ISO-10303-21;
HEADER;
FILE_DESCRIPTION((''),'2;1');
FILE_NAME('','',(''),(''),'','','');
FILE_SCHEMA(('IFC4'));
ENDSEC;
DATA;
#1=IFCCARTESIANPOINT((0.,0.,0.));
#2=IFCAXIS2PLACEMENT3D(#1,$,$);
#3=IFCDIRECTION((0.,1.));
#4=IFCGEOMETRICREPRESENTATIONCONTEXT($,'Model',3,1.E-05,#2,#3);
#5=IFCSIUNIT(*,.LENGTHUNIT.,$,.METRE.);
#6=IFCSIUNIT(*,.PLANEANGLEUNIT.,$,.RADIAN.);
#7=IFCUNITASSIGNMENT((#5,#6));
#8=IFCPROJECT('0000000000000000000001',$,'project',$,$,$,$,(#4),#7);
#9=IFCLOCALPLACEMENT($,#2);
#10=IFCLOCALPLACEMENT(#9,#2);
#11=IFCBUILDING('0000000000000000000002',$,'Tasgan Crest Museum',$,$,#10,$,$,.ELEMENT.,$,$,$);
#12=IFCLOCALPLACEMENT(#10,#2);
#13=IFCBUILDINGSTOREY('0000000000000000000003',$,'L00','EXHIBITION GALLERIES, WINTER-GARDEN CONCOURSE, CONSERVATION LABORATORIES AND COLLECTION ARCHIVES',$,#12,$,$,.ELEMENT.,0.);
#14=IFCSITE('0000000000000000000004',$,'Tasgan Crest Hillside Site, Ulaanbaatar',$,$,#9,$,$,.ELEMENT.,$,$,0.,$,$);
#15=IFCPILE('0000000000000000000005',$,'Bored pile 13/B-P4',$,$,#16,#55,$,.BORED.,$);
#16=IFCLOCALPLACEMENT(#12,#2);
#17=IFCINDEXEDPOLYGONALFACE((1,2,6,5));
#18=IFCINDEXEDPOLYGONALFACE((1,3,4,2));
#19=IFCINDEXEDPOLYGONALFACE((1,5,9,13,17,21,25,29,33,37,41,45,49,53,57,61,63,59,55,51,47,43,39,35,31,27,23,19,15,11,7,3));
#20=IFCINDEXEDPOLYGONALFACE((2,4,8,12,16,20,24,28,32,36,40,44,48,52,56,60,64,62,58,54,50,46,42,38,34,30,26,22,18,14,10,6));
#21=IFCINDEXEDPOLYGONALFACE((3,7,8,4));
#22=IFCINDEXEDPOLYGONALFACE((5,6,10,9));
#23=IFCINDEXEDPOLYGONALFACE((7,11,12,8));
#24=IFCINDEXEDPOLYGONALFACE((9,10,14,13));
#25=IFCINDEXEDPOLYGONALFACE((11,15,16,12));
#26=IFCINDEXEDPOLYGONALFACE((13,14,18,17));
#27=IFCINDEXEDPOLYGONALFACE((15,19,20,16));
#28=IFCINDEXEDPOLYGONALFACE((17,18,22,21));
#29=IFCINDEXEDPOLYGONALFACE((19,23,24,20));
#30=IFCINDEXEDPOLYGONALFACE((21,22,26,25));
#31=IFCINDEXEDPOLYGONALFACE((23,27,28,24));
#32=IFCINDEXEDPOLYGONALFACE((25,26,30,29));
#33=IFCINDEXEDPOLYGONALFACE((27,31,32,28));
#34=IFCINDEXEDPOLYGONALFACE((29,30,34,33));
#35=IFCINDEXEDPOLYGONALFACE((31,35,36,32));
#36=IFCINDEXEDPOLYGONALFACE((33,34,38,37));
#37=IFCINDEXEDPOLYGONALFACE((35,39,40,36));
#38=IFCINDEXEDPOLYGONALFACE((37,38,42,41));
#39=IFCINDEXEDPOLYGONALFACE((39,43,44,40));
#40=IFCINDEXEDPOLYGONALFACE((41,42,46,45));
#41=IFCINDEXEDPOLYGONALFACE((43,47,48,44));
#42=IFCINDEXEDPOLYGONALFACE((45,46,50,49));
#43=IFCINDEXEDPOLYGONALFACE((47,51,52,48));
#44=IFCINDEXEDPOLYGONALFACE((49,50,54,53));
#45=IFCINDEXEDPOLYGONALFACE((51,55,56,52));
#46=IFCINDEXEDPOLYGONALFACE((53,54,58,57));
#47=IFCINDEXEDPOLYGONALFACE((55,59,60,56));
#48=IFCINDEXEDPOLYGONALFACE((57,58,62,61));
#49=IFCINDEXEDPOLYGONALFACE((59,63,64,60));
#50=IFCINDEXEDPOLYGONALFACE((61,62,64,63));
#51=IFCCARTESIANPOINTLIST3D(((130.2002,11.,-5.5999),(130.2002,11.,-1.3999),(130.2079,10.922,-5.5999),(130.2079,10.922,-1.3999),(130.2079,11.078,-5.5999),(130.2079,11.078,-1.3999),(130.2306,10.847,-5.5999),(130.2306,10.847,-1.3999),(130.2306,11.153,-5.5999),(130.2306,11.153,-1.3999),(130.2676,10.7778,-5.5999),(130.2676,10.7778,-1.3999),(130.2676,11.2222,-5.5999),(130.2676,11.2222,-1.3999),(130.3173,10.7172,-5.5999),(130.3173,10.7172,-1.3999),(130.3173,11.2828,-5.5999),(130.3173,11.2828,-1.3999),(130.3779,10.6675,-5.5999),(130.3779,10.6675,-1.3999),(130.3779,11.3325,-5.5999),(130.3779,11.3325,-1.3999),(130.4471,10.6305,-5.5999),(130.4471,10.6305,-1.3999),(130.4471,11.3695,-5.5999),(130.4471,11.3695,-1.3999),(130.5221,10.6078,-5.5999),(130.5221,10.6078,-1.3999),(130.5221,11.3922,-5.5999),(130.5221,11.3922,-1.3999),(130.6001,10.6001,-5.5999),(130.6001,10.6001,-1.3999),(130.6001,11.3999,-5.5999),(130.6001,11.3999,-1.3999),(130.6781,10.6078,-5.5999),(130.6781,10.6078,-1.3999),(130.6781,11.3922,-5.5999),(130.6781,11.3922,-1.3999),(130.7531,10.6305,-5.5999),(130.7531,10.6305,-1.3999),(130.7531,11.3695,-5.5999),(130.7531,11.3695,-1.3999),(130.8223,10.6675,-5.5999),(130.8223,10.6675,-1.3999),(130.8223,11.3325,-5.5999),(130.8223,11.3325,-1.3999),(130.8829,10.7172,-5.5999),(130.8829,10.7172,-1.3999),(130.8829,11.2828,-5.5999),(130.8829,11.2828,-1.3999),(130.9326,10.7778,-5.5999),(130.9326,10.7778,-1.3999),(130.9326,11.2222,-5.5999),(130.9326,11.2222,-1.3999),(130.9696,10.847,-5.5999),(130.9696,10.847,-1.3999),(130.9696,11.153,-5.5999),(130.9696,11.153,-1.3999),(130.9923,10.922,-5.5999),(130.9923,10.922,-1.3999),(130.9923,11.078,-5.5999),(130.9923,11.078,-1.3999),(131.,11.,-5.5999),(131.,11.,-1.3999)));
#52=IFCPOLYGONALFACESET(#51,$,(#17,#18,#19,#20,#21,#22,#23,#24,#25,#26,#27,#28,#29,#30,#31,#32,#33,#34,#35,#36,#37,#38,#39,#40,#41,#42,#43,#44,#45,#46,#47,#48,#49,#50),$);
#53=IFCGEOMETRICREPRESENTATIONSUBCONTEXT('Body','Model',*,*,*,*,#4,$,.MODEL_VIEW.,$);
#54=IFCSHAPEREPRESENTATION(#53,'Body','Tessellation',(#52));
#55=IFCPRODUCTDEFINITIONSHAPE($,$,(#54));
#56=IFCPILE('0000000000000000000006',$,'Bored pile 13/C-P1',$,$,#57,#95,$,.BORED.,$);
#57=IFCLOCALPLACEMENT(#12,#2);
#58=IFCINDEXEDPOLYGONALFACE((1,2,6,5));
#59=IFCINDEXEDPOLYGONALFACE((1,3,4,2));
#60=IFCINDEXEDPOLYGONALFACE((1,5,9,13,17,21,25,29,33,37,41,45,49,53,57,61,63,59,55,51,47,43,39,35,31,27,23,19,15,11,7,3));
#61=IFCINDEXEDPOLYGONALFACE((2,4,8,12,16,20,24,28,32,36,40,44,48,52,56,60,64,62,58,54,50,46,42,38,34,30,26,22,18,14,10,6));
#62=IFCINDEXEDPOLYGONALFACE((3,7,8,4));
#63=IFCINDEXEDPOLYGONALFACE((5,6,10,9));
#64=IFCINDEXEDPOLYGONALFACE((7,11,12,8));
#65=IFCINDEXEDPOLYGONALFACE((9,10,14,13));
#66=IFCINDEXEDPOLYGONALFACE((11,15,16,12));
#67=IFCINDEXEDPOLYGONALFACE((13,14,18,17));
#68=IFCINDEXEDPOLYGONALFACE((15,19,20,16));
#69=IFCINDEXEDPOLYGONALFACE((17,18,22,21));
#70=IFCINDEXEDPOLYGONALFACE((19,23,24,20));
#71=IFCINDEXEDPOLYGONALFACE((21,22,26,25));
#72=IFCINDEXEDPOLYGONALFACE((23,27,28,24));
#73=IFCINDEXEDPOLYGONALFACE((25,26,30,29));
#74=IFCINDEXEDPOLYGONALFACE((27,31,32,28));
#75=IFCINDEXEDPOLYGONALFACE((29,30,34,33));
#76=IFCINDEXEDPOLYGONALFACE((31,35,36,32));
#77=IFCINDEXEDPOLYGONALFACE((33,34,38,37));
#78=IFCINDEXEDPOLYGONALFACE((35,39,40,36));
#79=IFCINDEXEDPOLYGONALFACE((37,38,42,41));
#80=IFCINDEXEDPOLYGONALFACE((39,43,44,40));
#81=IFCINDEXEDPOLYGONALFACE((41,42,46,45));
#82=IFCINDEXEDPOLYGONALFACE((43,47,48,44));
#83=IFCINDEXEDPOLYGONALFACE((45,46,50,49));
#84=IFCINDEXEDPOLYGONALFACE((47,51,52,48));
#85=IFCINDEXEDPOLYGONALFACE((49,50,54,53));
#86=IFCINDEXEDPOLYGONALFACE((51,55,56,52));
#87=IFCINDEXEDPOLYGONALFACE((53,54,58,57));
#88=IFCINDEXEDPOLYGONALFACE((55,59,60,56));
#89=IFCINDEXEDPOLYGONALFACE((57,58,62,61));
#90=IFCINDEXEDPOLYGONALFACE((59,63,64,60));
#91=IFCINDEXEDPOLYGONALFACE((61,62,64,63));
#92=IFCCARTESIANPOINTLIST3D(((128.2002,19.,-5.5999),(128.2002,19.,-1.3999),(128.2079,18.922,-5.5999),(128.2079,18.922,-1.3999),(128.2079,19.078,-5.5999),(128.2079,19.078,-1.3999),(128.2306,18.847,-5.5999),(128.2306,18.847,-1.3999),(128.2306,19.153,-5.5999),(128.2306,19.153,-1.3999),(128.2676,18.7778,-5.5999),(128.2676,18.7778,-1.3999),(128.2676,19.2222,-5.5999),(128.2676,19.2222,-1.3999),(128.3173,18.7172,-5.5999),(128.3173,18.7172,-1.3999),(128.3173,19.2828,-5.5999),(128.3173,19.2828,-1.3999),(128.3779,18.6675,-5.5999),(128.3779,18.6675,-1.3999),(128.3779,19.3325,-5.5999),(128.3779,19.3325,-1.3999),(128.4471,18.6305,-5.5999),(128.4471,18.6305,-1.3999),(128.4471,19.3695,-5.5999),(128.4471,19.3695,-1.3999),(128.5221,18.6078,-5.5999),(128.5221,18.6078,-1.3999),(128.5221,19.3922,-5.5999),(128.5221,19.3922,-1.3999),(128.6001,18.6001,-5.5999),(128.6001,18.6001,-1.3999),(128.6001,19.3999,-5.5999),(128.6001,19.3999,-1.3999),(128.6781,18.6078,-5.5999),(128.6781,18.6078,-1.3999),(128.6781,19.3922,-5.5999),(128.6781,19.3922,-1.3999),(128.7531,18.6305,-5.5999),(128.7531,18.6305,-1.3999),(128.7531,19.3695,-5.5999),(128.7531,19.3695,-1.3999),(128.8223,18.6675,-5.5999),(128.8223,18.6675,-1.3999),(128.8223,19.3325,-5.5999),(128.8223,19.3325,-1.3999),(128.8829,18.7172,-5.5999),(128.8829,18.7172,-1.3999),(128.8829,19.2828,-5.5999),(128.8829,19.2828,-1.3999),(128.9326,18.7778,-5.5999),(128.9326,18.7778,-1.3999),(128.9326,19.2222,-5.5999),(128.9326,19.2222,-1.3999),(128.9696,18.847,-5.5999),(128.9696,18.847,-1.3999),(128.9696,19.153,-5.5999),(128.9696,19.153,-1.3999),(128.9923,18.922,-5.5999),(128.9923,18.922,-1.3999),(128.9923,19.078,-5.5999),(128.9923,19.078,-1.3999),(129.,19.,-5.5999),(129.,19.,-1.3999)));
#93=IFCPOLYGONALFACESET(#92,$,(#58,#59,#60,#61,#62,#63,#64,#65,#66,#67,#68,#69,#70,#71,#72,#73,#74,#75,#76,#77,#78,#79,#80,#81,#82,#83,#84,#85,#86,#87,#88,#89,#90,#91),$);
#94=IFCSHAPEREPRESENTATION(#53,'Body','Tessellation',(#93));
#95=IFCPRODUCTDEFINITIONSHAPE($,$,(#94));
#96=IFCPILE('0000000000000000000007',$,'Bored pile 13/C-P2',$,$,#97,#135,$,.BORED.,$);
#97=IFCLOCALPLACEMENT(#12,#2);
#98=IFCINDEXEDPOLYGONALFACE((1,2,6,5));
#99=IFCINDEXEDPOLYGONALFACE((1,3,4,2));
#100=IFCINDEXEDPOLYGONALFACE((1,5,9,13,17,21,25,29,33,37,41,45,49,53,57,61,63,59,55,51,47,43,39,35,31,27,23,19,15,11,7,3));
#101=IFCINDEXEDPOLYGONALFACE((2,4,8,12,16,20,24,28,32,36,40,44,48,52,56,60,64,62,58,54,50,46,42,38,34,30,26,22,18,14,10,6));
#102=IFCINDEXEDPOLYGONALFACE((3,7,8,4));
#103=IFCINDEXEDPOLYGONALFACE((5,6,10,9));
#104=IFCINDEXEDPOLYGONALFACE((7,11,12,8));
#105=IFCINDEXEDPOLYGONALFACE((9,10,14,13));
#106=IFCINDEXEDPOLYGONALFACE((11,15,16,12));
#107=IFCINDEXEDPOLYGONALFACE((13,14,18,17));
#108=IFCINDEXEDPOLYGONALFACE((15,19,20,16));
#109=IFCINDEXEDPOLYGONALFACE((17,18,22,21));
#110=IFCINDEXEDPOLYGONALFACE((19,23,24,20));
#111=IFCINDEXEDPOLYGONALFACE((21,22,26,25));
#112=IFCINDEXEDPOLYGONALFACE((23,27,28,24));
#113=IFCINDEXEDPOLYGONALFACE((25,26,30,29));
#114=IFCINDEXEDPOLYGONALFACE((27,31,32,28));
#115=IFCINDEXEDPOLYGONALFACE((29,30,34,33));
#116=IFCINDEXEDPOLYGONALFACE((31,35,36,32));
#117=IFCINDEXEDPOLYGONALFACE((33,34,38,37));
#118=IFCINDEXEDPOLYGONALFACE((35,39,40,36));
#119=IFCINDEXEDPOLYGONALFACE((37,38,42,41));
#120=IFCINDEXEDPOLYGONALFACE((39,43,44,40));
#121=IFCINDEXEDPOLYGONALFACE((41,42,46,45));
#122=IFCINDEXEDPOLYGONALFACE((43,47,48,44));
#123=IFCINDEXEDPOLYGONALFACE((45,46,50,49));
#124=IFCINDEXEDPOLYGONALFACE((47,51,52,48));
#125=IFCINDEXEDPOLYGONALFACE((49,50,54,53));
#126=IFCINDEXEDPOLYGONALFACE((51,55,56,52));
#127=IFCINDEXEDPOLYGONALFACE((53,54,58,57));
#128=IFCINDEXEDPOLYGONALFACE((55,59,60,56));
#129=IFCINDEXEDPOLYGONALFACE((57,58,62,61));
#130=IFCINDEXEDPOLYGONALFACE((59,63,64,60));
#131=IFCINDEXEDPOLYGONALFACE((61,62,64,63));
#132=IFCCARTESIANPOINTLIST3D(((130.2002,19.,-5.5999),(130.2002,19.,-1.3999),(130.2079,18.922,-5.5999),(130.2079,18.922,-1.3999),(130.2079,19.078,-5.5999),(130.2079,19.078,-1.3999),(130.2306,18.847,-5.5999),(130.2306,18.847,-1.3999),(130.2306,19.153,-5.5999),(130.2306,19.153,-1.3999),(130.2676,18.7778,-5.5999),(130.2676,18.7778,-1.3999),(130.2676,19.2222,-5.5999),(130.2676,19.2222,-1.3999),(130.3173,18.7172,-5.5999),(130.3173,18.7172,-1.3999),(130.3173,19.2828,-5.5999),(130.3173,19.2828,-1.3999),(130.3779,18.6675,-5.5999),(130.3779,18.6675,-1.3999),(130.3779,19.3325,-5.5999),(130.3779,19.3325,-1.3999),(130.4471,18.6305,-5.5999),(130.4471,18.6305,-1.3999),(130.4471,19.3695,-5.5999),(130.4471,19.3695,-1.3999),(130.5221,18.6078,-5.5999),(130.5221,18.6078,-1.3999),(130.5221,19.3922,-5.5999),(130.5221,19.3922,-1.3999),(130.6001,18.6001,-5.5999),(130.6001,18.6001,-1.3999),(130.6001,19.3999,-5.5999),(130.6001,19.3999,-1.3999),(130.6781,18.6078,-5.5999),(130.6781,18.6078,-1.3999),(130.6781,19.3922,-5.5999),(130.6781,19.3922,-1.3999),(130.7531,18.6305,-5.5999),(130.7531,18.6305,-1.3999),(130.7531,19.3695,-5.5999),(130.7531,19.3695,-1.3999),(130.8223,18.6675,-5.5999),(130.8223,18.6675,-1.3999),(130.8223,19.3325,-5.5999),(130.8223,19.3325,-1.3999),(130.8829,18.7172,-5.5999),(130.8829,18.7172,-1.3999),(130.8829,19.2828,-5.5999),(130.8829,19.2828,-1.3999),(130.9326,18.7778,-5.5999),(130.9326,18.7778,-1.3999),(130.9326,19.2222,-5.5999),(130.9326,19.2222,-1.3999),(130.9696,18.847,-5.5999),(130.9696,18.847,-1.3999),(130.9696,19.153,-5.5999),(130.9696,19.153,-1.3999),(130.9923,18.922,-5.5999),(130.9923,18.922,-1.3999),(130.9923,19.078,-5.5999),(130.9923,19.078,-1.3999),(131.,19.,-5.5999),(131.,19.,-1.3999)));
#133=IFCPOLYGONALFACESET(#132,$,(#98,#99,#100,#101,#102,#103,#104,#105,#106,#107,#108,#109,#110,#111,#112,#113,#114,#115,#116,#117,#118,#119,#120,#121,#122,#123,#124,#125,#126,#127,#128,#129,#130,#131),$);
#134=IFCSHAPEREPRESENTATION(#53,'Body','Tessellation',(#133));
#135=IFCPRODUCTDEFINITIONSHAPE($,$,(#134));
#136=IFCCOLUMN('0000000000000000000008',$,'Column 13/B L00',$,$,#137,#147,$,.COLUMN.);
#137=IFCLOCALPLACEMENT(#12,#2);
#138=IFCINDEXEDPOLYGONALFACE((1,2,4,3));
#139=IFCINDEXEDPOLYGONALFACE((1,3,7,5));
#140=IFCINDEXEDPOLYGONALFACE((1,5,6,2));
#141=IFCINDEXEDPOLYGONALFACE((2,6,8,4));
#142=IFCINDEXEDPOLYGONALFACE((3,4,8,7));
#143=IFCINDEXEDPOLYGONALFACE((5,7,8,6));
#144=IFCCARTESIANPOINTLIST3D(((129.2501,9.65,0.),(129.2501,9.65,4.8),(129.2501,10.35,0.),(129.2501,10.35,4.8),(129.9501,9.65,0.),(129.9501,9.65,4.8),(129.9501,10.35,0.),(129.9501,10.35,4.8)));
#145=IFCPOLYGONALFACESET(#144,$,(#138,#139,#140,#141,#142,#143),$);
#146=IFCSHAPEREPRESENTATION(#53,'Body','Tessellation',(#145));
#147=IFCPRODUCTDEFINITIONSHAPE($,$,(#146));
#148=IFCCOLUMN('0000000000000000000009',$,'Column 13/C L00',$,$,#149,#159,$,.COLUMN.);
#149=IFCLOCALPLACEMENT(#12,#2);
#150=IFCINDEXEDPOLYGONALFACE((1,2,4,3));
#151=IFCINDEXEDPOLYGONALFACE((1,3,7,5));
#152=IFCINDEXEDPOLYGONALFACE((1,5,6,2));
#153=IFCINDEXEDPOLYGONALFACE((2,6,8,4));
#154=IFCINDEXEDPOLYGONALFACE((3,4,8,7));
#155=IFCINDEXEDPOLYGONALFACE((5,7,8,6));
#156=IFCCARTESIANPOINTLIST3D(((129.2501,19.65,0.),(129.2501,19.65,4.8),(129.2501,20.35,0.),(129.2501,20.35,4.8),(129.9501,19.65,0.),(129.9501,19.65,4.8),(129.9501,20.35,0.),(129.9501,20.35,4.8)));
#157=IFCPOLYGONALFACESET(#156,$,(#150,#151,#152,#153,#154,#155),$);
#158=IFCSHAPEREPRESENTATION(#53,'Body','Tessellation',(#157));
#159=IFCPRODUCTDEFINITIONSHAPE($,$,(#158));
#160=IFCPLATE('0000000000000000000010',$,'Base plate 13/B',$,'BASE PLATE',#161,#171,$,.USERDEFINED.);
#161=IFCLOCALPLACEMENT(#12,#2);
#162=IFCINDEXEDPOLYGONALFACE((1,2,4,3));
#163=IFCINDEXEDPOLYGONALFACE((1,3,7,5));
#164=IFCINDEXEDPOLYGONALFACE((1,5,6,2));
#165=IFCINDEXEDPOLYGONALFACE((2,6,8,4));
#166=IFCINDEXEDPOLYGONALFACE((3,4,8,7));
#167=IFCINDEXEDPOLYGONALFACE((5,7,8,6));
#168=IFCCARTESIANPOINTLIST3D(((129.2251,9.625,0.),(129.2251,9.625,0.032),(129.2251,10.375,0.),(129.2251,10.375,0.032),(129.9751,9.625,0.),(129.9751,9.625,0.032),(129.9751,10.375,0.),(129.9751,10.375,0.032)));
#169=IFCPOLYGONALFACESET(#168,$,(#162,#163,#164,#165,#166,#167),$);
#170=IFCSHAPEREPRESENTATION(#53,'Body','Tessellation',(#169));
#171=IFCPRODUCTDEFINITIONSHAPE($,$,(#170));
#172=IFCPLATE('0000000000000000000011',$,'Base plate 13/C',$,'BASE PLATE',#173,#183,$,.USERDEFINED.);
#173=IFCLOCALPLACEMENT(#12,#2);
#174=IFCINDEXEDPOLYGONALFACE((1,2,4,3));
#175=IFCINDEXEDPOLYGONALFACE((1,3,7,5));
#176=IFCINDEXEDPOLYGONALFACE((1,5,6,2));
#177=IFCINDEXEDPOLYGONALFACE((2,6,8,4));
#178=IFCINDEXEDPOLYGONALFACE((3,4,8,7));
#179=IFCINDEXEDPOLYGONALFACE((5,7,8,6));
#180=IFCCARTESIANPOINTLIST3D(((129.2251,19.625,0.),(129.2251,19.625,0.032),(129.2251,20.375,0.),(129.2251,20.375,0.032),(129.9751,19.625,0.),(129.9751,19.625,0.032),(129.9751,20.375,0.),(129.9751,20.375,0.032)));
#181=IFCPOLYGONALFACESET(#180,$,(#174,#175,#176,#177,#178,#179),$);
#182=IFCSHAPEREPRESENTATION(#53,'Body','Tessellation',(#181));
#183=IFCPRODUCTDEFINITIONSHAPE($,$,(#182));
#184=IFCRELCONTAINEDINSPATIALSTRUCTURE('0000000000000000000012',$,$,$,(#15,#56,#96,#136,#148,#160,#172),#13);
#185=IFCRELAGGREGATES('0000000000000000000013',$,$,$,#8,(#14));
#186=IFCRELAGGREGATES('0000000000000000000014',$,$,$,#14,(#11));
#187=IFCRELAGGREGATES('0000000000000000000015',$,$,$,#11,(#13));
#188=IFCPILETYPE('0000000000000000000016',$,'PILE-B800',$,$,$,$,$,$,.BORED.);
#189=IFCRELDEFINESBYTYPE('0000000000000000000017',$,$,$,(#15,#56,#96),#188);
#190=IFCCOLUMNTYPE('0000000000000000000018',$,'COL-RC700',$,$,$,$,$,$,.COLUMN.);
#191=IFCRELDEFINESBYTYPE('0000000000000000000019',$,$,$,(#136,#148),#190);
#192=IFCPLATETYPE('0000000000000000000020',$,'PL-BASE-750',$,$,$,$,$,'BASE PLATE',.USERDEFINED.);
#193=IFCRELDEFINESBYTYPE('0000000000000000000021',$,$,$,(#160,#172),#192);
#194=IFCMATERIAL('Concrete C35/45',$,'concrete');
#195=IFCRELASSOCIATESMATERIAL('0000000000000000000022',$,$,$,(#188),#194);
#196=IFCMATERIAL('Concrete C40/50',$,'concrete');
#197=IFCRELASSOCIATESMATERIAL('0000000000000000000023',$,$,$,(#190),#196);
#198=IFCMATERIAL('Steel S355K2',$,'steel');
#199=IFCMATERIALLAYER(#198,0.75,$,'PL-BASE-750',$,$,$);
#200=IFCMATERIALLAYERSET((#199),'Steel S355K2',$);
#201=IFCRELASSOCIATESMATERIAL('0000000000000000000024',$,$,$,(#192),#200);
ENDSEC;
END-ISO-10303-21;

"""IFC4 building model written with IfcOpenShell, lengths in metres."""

from ifc_helpers import new_model, si_unit, direction, frame, origin, origin_2d, place, context, subcontext, project, spatial, rectangle, circle, extrude, material, layer, layer_set, material_profile, profile_set, type_object, element, save


model = new_model("IFC4")

# Units and contexts
model_context = context("Model", 3, precision=1e-05, world=origin(), true_north=direction((0.0, 1.0)))
body_context = subcontext(model_context, "Body", "Model", "MODEL_VIEW")
ifc_project = project(units=[si_unit("LENGTHUNIT", "METRE"), si_unit("PLANEANGLEUNIT", "RADIAN")], contexts=[model_context])

# Site, building, storey
site_placement = place(None, origin())
site = spatial("IfcSite", under=ifc_project, at=site_placement, Name="Tasgan Crest Hillside Site, Ulaanbaatar", CompositionType="ELEMENT", RefElevation=0.0)
building_placement = place(site_placement, origin())
building = spatial("IfcBuilding", under=site, at=building_placement, Name="Tasgan Crest Museum", CompositionType="ELEMENT")
storey_placement = place(building_placement, origin())
storey = spatial("IfcBuildingStorey", under=building, at=storey_placement, Name="L00", Description="EXHIBITION GALLERIES, WINTER-GARDEN CONCOURSE, CONSERVATION LABORATORIES AND COLLECTION ARCHIVES", CompositionType="ELEMENT", Elevation=0.0)

# Piles
ifc_material_1 = material(Name="Concrete C35/45", Category="concrete")
ifc_material_profile_1 = material_profile(ifc_material_1, circle(Radius=0.3999, at=origin_2d()), Name="PILE D800")
ifc_profile_set_1 = profile_set([ifc_material_profile_1], Name="Concrete C35/45")
pile_type = type_object("IfcPileType", Name="PILE-B800", PredefinedType="BORED", material=ifc_profile_set_1)
for number, where, z_axis, x_axis, name in (
    (1, (130.6001, 11.0, -1.3999), (0.0, 0.0, -1.0), (1.0, 0.0, 0.0), "Bored pile 13/B-P4"),
    (2, (128.6001, 19.0, -1.3999), (0.0, 0.0, -1.0), (1.0, 0.0, 0.0), "Bored pile 13/C-P1"),
    (3, (130.6001, 19.0, -1.3999), (0.0, 0.0, -1.0), (1.0, 0.0, 0.0), "Bored pile 13/C-P2"),
):
    element("IfcPile", number, at=place(storey_placement, frame(where, z_axis=z_axis, x_axis=x_axis)), inside=storey, type_object=pile_type, Name=name, PredefinedType="BORED", context=body_context, shape_type="SweptSolid", body=[
        extrude(circle(Radius=0.3999, at=origin_2d()), origin(), (0.0, 0.0, 1.0), 4.2),
    ])

# Columns
ifc_material_2 = material(Name="Concrete C40/50", Category="concrete")
ifc_material_profile_2 = material_profile(ifc_material_2, rectangle(XDim=0.7, YDim=0.7, at=origin_2d()), Name="RC 700x700")
ifc_profile_set_2 = profile_set([ifc_material_profile_2], Name="Concrete C40/50")
column_type = type_object("IfcColumnType", Name="COL-RC700", PredefinedType="COLUMN", material=ifc_profile_set_2)
for number, where, z_axis, x_axis, name in (
    (4, (129.6001, 10.0, 0.0), (0.0, 0.0, 1.0), (1.0, 0.0, 0.0), "Column 13/B L00"),
    (5, (129.6001, 20.0, 0.0), (0.0, 0.0, 1.0), (1.0, 0.0, 0.0), "Column 13/C L00"),
):
    element("IfcColumn", number, at=place(storey_placement, frame(where, z_axis=z_axis, x_axis=x_axis)), inside=storey, type_object=column_type, Name=name, PredefinedType="COLUMN", context=body_context, shape_type="SweptSolid", body=[
        extrude(rectangle(XDim=0.7, YDim=0.7, at=origin_2d()), origin(), (0.0, 0.0, 1.0), 4.8),
    ])

# Plates
ifc_material_3 = material(Name="Steel S355K2", Category="steel")
ifc_layer_1 = layer(ifc_material_3, 0.75, Name="PL-BASE-750")
ifc_layer_set_1 = layer_set([ifc_layer_1], Name="Steel S355K2")
plate_type = type_object("IfcPlateType", Name="PL-BASE-750", ElementType="BASE PLATE", PredefinedType="USERDEFINED", material=ifc_layer_set_1)
for number, where, z_axis, x_axis, name in (
    (6, (129.6001, 10.0, 0.0), (0.0, 0.0, 1.0), (1.0, 0.0, 0.0), "Base plate 13/B"),
    (7, (129.6001, 20.0, 0.0), (0.0, 0.0, 1.0), (1.0, 0.0, 0.0), "Base plate 13/C"),
):
    element("IfcPlate", number, at=place(storey_placement, frame(where, z_axis=z_axis, x_axis=x_axis)), inside=storey, type_object=plate_type, Name=name, ObjectType="BASE PLATE", PredefinedType="USERDEFINED", context=body_context, shape_type="SweptSolid", body=[
        extrude(rectangle(XDim=0.75, YDim=0.75, at=origin_2d()), origin(), (0.0, 0.0, 1.0), 0.032),
    ])

save(model, "model.ifc")
